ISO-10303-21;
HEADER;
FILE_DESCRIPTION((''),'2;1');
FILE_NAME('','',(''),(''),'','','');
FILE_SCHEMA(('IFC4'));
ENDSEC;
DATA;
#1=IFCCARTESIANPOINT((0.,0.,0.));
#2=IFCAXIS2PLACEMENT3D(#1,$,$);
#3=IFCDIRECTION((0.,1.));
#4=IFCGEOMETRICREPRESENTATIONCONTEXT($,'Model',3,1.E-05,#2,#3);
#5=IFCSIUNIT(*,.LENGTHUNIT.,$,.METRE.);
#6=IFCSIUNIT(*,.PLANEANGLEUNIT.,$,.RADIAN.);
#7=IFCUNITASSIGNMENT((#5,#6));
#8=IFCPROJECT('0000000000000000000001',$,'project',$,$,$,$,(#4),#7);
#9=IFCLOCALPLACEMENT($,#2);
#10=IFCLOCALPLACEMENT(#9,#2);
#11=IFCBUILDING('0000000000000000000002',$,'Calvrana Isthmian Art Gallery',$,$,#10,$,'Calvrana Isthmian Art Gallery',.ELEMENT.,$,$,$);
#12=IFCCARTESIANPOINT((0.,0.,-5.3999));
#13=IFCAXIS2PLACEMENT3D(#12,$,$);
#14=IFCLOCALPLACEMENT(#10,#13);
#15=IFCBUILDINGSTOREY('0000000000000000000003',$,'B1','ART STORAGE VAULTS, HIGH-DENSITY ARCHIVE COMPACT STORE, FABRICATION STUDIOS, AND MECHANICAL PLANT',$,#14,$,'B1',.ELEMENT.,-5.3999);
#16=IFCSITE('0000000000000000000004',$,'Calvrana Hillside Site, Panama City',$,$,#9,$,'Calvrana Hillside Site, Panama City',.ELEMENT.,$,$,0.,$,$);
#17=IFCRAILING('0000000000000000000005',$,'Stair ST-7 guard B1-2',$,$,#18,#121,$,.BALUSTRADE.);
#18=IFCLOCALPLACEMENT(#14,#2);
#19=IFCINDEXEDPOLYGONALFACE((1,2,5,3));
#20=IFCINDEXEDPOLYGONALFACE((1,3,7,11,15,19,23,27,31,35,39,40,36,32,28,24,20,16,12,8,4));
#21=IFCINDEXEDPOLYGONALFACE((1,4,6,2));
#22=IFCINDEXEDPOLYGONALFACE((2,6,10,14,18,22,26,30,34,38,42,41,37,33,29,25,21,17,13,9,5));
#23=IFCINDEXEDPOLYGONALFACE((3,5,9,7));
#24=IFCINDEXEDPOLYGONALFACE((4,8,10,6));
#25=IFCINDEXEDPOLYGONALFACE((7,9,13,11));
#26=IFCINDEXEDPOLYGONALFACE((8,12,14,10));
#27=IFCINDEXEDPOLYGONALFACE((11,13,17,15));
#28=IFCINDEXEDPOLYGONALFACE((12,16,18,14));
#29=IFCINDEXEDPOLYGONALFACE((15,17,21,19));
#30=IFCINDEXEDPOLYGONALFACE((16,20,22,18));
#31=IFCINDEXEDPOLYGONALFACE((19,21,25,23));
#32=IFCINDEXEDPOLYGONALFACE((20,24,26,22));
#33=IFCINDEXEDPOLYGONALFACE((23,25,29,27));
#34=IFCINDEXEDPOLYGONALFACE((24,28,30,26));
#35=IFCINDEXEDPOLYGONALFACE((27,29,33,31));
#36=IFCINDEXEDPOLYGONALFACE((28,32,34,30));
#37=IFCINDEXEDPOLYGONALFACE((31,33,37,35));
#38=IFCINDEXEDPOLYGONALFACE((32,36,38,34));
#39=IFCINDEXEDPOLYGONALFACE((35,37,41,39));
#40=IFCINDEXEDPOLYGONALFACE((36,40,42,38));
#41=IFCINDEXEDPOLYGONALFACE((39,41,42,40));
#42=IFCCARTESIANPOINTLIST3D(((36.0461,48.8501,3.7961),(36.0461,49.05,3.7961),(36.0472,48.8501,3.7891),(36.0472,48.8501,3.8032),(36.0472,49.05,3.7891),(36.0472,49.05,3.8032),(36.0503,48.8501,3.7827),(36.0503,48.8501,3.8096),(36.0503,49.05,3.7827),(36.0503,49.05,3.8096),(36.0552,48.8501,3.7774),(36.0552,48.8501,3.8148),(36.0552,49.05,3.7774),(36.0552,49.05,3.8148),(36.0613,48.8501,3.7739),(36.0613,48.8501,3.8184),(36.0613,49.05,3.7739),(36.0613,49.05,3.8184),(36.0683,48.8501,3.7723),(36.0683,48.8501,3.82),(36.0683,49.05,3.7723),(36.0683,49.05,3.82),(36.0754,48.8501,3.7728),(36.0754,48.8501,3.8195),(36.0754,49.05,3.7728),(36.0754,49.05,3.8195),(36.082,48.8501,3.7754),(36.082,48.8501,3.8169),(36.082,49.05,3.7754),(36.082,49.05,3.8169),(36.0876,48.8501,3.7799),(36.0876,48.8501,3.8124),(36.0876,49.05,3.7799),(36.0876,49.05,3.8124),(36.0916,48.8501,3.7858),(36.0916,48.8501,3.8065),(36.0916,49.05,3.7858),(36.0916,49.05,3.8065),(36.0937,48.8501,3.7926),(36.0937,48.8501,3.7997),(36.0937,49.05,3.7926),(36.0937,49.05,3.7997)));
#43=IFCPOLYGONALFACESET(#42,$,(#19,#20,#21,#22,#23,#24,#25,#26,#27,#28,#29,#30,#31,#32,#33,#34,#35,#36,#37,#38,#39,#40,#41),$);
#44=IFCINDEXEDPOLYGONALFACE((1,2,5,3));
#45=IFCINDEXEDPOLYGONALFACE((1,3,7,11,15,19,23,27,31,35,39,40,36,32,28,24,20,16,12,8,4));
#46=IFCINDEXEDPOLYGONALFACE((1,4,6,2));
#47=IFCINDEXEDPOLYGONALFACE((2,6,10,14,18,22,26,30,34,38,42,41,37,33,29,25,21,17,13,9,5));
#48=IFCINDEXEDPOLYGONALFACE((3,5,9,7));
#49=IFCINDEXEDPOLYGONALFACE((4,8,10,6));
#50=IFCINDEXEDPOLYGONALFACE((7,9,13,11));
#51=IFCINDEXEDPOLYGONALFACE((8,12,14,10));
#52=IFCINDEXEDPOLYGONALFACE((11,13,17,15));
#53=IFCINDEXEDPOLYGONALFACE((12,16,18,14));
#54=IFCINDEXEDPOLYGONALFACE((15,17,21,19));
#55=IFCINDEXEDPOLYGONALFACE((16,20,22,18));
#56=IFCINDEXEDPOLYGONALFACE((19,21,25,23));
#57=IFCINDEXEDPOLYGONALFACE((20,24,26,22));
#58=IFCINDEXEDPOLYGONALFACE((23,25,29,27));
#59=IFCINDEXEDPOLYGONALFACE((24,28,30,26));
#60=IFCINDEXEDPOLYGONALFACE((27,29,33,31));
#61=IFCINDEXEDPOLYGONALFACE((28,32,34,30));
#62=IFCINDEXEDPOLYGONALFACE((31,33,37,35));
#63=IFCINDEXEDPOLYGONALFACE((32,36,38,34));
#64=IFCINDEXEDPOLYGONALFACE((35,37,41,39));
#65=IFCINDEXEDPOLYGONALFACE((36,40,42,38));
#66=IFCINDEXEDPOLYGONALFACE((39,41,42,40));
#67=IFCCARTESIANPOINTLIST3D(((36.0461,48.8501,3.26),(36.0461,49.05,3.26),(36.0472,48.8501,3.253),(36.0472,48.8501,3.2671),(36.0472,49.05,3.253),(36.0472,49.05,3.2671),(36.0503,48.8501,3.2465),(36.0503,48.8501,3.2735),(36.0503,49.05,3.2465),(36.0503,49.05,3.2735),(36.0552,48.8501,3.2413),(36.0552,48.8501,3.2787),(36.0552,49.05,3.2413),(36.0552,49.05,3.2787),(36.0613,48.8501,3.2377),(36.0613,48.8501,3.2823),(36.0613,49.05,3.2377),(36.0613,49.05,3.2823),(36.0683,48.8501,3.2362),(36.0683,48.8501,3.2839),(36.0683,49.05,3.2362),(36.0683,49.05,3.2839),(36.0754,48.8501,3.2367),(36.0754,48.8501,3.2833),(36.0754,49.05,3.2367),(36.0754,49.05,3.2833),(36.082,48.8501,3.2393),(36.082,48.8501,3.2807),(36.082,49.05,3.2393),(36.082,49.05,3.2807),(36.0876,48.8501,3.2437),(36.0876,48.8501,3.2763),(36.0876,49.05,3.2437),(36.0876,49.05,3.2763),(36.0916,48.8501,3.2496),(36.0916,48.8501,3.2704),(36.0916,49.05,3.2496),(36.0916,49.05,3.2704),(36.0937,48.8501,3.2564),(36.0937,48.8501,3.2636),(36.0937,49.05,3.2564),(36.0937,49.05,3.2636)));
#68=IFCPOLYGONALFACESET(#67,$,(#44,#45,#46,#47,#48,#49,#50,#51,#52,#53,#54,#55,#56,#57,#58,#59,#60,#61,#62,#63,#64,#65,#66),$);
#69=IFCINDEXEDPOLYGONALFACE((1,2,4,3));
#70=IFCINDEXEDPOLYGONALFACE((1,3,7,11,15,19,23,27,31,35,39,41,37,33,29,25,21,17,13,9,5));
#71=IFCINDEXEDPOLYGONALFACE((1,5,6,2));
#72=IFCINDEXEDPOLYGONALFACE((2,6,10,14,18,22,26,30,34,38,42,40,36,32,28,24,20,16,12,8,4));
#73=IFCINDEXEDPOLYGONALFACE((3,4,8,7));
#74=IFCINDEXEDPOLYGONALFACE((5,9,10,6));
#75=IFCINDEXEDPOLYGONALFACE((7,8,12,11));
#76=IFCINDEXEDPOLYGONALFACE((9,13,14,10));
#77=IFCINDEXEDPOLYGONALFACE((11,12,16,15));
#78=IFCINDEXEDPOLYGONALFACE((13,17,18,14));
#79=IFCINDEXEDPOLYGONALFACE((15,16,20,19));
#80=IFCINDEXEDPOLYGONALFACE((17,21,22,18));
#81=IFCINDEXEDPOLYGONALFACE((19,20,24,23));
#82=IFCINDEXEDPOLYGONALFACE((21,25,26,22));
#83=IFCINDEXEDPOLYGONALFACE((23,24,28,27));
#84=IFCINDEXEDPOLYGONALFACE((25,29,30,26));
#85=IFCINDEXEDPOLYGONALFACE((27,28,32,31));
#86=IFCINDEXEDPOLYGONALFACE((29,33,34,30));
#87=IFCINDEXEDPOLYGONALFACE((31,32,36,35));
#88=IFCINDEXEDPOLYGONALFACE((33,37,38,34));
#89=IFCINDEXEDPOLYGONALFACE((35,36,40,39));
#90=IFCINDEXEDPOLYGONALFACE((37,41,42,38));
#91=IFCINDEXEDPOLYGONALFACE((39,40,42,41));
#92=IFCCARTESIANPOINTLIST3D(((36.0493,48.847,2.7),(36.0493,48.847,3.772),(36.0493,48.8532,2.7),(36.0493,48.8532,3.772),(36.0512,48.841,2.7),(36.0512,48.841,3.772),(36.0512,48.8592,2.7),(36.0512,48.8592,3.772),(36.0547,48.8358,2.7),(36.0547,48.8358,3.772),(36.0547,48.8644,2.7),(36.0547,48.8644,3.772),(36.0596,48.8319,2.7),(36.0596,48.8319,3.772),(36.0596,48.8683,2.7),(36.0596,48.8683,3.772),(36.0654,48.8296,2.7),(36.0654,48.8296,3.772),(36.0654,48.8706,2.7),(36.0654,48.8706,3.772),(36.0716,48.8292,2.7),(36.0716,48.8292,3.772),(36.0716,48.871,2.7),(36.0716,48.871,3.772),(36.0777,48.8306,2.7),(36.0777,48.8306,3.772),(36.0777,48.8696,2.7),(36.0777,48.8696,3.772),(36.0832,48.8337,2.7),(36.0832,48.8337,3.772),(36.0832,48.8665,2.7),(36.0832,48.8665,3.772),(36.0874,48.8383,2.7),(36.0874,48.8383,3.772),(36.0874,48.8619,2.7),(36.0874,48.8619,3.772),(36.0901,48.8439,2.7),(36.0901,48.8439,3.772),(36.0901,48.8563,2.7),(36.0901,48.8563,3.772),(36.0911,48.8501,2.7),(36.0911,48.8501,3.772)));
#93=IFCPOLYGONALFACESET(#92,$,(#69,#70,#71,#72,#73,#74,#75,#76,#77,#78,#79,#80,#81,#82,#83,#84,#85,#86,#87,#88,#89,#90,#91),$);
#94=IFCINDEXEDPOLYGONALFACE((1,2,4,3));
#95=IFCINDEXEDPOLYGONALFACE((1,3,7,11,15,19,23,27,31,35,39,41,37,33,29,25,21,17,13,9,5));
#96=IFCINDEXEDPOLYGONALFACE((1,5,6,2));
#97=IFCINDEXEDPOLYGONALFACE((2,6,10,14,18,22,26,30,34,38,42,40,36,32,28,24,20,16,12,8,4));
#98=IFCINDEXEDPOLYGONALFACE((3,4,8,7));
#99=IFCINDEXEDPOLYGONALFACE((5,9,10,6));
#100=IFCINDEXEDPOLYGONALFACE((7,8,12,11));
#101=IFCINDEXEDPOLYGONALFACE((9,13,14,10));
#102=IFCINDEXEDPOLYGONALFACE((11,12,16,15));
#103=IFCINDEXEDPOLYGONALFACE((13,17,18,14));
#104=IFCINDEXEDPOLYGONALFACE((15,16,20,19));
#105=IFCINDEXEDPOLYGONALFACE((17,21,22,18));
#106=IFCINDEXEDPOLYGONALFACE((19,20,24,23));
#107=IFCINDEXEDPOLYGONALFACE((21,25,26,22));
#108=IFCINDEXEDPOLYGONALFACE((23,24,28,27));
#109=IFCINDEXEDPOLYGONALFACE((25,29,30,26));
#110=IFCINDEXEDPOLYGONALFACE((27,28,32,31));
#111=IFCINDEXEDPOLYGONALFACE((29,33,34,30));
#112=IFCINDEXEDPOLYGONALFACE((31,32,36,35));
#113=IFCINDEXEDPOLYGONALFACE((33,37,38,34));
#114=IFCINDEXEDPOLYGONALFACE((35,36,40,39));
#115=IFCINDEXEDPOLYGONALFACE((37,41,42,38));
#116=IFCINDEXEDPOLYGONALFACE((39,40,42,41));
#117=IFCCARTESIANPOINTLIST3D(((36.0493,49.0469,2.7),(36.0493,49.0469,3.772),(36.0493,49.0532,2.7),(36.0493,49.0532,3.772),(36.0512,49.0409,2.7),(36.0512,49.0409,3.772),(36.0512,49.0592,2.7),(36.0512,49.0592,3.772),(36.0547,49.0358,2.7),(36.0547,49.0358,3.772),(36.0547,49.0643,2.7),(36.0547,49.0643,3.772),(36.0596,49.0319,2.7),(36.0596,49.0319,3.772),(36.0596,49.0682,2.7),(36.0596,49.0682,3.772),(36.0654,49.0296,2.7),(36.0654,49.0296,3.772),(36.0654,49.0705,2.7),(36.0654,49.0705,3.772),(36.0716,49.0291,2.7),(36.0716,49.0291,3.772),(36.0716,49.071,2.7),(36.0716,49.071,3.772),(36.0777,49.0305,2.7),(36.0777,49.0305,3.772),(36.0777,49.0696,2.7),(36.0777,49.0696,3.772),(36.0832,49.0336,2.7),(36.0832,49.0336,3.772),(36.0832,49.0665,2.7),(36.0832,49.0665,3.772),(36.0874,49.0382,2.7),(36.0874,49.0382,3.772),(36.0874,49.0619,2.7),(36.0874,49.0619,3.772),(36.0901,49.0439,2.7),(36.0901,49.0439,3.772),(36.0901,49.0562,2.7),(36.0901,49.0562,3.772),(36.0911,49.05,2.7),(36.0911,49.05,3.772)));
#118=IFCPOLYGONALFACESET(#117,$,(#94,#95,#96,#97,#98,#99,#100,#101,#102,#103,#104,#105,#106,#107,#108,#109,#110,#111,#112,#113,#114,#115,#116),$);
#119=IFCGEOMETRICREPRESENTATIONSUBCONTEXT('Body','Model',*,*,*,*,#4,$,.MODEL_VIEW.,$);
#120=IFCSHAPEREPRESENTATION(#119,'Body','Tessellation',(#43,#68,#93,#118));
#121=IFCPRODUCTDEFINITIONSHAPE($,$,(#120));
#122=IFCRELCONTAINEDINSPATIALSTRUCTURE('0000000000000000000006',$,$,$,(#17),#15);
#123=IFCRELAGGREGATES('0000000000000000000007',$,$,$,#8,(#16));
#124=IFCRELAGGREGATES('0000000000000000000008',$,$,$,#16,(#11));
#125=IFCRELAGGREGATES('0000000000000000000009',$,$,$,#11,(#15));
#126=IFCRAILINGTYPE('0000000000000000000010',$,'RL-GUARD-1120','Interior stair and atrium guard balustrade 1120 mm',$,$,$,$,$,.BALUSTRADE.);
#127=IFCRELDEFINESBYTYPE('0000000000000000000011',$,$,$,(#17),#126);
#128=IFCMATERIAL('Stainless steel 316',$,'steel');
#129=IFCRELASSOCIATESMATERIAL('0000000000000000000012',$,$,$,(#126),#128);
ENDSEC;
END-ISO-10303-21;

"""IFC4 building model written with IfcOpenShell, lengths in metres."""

from ifc_helpers import new_model, si_unit, direction, frame, origin, origin_2d, place, context, subcontext, project, spatial, circle, extrude, material, type_object, element, save


model = new_model("IFC4")

# Units and contexts
model_context = context("Model", 3, precision=1e-05, world=origin(), true_north=direction((0.0, 1.0)))
body_context = subcontext(model_context, "Body", "Model", "MODEL_VIEW")
ifc_project = project(units=[si_unit("LENGTHUNIT", "METRE"), si_unit("PLANEANGLEUNIT", "RADIAN")], contexts=[model_context])

# Site, building, storey
site_placement = place(None, origin())
site = spatial("IfcSite", under=ifc_project, at=site_placement, Name="Calvrana Hillside Site, Panama City", LongName="Calvrana Hillside Site, Panama City", CompositionType="ELEMENT", RefElevation=0.0)
building_placement = place(site_placement, origin())
building = spatial("IfcBuilding", under=site, at=building_placement, Name="Calvrana Isthmian Art Gallery", LongName="Calvrana Isthmian Art Gallery", CompositionType="ELEMENT")
storey_placement = place(building_placement, frame((0.0, 0.0, -5.3999)))
storey = spatial("IfcBuildingStorey", under=building, at=storey_placement, Name="B1", Description="ART STORAGE VAULTS, HIGH-DENSITY ARCHIVE COMPACT STORE, FABRICATION STUDIOS, AND MECHANICAL PLANT", LongName="B1", CompositionType="ELEMENT", Elevation=-5.3999)

# Railing
ifc_material_1 = material(Name="Stainless steel 316", Category="steel")
railing_type_1 = type_object("IfcRailingType", Name="RL-GUARD-1120", Description="Interior stair and atrium guard balustrade 1120 mm", PredefinedType="BALUSTRADE", material=ifc_material_1)
railing_1_placement = place(storey_placement, frame((36.0701, 48.8501, 2.7)))
element("IfcRailing", 1, at=railing_1_placement, inside=storey, type_object=railing_type_1, Name="Stair ST-7 guard B1-2", PredefinedType="BALUSTRADE", context=body_context, shape_type="SweptSolid", body=[
    extrude(circle(Radius=0.0239, at=origin_2d()), frame((0.0, 0.0, 1.0962), z_axis=(0.0, 1.0, 0.0), x_axis=(-1.0, 0.0, 0.0)), (0.0, 0.0, 1.0), 0.2),
    extrude(circle(Radius=0.0239, at=origin_2d()), frame((0.0, 0.0, 0.5601), z_axis=(0.0, 1.0, 0.0), x_axis=(-1.0, 0.0, 0.0)), (0.0, 0.0, 1.0), 0.2),
    extrude(circle(Radius=0.021, at=origin_2d()), origin(), (0.0, 0.0, 1.0), 1.072),
    extrude(circle(Radius=0.021, at=origin_2d()), frame((0.0, 0.2, 0.0)), (0.0, 0.0, 1.0), 1.072),
])

save(model, "model.ifc")
